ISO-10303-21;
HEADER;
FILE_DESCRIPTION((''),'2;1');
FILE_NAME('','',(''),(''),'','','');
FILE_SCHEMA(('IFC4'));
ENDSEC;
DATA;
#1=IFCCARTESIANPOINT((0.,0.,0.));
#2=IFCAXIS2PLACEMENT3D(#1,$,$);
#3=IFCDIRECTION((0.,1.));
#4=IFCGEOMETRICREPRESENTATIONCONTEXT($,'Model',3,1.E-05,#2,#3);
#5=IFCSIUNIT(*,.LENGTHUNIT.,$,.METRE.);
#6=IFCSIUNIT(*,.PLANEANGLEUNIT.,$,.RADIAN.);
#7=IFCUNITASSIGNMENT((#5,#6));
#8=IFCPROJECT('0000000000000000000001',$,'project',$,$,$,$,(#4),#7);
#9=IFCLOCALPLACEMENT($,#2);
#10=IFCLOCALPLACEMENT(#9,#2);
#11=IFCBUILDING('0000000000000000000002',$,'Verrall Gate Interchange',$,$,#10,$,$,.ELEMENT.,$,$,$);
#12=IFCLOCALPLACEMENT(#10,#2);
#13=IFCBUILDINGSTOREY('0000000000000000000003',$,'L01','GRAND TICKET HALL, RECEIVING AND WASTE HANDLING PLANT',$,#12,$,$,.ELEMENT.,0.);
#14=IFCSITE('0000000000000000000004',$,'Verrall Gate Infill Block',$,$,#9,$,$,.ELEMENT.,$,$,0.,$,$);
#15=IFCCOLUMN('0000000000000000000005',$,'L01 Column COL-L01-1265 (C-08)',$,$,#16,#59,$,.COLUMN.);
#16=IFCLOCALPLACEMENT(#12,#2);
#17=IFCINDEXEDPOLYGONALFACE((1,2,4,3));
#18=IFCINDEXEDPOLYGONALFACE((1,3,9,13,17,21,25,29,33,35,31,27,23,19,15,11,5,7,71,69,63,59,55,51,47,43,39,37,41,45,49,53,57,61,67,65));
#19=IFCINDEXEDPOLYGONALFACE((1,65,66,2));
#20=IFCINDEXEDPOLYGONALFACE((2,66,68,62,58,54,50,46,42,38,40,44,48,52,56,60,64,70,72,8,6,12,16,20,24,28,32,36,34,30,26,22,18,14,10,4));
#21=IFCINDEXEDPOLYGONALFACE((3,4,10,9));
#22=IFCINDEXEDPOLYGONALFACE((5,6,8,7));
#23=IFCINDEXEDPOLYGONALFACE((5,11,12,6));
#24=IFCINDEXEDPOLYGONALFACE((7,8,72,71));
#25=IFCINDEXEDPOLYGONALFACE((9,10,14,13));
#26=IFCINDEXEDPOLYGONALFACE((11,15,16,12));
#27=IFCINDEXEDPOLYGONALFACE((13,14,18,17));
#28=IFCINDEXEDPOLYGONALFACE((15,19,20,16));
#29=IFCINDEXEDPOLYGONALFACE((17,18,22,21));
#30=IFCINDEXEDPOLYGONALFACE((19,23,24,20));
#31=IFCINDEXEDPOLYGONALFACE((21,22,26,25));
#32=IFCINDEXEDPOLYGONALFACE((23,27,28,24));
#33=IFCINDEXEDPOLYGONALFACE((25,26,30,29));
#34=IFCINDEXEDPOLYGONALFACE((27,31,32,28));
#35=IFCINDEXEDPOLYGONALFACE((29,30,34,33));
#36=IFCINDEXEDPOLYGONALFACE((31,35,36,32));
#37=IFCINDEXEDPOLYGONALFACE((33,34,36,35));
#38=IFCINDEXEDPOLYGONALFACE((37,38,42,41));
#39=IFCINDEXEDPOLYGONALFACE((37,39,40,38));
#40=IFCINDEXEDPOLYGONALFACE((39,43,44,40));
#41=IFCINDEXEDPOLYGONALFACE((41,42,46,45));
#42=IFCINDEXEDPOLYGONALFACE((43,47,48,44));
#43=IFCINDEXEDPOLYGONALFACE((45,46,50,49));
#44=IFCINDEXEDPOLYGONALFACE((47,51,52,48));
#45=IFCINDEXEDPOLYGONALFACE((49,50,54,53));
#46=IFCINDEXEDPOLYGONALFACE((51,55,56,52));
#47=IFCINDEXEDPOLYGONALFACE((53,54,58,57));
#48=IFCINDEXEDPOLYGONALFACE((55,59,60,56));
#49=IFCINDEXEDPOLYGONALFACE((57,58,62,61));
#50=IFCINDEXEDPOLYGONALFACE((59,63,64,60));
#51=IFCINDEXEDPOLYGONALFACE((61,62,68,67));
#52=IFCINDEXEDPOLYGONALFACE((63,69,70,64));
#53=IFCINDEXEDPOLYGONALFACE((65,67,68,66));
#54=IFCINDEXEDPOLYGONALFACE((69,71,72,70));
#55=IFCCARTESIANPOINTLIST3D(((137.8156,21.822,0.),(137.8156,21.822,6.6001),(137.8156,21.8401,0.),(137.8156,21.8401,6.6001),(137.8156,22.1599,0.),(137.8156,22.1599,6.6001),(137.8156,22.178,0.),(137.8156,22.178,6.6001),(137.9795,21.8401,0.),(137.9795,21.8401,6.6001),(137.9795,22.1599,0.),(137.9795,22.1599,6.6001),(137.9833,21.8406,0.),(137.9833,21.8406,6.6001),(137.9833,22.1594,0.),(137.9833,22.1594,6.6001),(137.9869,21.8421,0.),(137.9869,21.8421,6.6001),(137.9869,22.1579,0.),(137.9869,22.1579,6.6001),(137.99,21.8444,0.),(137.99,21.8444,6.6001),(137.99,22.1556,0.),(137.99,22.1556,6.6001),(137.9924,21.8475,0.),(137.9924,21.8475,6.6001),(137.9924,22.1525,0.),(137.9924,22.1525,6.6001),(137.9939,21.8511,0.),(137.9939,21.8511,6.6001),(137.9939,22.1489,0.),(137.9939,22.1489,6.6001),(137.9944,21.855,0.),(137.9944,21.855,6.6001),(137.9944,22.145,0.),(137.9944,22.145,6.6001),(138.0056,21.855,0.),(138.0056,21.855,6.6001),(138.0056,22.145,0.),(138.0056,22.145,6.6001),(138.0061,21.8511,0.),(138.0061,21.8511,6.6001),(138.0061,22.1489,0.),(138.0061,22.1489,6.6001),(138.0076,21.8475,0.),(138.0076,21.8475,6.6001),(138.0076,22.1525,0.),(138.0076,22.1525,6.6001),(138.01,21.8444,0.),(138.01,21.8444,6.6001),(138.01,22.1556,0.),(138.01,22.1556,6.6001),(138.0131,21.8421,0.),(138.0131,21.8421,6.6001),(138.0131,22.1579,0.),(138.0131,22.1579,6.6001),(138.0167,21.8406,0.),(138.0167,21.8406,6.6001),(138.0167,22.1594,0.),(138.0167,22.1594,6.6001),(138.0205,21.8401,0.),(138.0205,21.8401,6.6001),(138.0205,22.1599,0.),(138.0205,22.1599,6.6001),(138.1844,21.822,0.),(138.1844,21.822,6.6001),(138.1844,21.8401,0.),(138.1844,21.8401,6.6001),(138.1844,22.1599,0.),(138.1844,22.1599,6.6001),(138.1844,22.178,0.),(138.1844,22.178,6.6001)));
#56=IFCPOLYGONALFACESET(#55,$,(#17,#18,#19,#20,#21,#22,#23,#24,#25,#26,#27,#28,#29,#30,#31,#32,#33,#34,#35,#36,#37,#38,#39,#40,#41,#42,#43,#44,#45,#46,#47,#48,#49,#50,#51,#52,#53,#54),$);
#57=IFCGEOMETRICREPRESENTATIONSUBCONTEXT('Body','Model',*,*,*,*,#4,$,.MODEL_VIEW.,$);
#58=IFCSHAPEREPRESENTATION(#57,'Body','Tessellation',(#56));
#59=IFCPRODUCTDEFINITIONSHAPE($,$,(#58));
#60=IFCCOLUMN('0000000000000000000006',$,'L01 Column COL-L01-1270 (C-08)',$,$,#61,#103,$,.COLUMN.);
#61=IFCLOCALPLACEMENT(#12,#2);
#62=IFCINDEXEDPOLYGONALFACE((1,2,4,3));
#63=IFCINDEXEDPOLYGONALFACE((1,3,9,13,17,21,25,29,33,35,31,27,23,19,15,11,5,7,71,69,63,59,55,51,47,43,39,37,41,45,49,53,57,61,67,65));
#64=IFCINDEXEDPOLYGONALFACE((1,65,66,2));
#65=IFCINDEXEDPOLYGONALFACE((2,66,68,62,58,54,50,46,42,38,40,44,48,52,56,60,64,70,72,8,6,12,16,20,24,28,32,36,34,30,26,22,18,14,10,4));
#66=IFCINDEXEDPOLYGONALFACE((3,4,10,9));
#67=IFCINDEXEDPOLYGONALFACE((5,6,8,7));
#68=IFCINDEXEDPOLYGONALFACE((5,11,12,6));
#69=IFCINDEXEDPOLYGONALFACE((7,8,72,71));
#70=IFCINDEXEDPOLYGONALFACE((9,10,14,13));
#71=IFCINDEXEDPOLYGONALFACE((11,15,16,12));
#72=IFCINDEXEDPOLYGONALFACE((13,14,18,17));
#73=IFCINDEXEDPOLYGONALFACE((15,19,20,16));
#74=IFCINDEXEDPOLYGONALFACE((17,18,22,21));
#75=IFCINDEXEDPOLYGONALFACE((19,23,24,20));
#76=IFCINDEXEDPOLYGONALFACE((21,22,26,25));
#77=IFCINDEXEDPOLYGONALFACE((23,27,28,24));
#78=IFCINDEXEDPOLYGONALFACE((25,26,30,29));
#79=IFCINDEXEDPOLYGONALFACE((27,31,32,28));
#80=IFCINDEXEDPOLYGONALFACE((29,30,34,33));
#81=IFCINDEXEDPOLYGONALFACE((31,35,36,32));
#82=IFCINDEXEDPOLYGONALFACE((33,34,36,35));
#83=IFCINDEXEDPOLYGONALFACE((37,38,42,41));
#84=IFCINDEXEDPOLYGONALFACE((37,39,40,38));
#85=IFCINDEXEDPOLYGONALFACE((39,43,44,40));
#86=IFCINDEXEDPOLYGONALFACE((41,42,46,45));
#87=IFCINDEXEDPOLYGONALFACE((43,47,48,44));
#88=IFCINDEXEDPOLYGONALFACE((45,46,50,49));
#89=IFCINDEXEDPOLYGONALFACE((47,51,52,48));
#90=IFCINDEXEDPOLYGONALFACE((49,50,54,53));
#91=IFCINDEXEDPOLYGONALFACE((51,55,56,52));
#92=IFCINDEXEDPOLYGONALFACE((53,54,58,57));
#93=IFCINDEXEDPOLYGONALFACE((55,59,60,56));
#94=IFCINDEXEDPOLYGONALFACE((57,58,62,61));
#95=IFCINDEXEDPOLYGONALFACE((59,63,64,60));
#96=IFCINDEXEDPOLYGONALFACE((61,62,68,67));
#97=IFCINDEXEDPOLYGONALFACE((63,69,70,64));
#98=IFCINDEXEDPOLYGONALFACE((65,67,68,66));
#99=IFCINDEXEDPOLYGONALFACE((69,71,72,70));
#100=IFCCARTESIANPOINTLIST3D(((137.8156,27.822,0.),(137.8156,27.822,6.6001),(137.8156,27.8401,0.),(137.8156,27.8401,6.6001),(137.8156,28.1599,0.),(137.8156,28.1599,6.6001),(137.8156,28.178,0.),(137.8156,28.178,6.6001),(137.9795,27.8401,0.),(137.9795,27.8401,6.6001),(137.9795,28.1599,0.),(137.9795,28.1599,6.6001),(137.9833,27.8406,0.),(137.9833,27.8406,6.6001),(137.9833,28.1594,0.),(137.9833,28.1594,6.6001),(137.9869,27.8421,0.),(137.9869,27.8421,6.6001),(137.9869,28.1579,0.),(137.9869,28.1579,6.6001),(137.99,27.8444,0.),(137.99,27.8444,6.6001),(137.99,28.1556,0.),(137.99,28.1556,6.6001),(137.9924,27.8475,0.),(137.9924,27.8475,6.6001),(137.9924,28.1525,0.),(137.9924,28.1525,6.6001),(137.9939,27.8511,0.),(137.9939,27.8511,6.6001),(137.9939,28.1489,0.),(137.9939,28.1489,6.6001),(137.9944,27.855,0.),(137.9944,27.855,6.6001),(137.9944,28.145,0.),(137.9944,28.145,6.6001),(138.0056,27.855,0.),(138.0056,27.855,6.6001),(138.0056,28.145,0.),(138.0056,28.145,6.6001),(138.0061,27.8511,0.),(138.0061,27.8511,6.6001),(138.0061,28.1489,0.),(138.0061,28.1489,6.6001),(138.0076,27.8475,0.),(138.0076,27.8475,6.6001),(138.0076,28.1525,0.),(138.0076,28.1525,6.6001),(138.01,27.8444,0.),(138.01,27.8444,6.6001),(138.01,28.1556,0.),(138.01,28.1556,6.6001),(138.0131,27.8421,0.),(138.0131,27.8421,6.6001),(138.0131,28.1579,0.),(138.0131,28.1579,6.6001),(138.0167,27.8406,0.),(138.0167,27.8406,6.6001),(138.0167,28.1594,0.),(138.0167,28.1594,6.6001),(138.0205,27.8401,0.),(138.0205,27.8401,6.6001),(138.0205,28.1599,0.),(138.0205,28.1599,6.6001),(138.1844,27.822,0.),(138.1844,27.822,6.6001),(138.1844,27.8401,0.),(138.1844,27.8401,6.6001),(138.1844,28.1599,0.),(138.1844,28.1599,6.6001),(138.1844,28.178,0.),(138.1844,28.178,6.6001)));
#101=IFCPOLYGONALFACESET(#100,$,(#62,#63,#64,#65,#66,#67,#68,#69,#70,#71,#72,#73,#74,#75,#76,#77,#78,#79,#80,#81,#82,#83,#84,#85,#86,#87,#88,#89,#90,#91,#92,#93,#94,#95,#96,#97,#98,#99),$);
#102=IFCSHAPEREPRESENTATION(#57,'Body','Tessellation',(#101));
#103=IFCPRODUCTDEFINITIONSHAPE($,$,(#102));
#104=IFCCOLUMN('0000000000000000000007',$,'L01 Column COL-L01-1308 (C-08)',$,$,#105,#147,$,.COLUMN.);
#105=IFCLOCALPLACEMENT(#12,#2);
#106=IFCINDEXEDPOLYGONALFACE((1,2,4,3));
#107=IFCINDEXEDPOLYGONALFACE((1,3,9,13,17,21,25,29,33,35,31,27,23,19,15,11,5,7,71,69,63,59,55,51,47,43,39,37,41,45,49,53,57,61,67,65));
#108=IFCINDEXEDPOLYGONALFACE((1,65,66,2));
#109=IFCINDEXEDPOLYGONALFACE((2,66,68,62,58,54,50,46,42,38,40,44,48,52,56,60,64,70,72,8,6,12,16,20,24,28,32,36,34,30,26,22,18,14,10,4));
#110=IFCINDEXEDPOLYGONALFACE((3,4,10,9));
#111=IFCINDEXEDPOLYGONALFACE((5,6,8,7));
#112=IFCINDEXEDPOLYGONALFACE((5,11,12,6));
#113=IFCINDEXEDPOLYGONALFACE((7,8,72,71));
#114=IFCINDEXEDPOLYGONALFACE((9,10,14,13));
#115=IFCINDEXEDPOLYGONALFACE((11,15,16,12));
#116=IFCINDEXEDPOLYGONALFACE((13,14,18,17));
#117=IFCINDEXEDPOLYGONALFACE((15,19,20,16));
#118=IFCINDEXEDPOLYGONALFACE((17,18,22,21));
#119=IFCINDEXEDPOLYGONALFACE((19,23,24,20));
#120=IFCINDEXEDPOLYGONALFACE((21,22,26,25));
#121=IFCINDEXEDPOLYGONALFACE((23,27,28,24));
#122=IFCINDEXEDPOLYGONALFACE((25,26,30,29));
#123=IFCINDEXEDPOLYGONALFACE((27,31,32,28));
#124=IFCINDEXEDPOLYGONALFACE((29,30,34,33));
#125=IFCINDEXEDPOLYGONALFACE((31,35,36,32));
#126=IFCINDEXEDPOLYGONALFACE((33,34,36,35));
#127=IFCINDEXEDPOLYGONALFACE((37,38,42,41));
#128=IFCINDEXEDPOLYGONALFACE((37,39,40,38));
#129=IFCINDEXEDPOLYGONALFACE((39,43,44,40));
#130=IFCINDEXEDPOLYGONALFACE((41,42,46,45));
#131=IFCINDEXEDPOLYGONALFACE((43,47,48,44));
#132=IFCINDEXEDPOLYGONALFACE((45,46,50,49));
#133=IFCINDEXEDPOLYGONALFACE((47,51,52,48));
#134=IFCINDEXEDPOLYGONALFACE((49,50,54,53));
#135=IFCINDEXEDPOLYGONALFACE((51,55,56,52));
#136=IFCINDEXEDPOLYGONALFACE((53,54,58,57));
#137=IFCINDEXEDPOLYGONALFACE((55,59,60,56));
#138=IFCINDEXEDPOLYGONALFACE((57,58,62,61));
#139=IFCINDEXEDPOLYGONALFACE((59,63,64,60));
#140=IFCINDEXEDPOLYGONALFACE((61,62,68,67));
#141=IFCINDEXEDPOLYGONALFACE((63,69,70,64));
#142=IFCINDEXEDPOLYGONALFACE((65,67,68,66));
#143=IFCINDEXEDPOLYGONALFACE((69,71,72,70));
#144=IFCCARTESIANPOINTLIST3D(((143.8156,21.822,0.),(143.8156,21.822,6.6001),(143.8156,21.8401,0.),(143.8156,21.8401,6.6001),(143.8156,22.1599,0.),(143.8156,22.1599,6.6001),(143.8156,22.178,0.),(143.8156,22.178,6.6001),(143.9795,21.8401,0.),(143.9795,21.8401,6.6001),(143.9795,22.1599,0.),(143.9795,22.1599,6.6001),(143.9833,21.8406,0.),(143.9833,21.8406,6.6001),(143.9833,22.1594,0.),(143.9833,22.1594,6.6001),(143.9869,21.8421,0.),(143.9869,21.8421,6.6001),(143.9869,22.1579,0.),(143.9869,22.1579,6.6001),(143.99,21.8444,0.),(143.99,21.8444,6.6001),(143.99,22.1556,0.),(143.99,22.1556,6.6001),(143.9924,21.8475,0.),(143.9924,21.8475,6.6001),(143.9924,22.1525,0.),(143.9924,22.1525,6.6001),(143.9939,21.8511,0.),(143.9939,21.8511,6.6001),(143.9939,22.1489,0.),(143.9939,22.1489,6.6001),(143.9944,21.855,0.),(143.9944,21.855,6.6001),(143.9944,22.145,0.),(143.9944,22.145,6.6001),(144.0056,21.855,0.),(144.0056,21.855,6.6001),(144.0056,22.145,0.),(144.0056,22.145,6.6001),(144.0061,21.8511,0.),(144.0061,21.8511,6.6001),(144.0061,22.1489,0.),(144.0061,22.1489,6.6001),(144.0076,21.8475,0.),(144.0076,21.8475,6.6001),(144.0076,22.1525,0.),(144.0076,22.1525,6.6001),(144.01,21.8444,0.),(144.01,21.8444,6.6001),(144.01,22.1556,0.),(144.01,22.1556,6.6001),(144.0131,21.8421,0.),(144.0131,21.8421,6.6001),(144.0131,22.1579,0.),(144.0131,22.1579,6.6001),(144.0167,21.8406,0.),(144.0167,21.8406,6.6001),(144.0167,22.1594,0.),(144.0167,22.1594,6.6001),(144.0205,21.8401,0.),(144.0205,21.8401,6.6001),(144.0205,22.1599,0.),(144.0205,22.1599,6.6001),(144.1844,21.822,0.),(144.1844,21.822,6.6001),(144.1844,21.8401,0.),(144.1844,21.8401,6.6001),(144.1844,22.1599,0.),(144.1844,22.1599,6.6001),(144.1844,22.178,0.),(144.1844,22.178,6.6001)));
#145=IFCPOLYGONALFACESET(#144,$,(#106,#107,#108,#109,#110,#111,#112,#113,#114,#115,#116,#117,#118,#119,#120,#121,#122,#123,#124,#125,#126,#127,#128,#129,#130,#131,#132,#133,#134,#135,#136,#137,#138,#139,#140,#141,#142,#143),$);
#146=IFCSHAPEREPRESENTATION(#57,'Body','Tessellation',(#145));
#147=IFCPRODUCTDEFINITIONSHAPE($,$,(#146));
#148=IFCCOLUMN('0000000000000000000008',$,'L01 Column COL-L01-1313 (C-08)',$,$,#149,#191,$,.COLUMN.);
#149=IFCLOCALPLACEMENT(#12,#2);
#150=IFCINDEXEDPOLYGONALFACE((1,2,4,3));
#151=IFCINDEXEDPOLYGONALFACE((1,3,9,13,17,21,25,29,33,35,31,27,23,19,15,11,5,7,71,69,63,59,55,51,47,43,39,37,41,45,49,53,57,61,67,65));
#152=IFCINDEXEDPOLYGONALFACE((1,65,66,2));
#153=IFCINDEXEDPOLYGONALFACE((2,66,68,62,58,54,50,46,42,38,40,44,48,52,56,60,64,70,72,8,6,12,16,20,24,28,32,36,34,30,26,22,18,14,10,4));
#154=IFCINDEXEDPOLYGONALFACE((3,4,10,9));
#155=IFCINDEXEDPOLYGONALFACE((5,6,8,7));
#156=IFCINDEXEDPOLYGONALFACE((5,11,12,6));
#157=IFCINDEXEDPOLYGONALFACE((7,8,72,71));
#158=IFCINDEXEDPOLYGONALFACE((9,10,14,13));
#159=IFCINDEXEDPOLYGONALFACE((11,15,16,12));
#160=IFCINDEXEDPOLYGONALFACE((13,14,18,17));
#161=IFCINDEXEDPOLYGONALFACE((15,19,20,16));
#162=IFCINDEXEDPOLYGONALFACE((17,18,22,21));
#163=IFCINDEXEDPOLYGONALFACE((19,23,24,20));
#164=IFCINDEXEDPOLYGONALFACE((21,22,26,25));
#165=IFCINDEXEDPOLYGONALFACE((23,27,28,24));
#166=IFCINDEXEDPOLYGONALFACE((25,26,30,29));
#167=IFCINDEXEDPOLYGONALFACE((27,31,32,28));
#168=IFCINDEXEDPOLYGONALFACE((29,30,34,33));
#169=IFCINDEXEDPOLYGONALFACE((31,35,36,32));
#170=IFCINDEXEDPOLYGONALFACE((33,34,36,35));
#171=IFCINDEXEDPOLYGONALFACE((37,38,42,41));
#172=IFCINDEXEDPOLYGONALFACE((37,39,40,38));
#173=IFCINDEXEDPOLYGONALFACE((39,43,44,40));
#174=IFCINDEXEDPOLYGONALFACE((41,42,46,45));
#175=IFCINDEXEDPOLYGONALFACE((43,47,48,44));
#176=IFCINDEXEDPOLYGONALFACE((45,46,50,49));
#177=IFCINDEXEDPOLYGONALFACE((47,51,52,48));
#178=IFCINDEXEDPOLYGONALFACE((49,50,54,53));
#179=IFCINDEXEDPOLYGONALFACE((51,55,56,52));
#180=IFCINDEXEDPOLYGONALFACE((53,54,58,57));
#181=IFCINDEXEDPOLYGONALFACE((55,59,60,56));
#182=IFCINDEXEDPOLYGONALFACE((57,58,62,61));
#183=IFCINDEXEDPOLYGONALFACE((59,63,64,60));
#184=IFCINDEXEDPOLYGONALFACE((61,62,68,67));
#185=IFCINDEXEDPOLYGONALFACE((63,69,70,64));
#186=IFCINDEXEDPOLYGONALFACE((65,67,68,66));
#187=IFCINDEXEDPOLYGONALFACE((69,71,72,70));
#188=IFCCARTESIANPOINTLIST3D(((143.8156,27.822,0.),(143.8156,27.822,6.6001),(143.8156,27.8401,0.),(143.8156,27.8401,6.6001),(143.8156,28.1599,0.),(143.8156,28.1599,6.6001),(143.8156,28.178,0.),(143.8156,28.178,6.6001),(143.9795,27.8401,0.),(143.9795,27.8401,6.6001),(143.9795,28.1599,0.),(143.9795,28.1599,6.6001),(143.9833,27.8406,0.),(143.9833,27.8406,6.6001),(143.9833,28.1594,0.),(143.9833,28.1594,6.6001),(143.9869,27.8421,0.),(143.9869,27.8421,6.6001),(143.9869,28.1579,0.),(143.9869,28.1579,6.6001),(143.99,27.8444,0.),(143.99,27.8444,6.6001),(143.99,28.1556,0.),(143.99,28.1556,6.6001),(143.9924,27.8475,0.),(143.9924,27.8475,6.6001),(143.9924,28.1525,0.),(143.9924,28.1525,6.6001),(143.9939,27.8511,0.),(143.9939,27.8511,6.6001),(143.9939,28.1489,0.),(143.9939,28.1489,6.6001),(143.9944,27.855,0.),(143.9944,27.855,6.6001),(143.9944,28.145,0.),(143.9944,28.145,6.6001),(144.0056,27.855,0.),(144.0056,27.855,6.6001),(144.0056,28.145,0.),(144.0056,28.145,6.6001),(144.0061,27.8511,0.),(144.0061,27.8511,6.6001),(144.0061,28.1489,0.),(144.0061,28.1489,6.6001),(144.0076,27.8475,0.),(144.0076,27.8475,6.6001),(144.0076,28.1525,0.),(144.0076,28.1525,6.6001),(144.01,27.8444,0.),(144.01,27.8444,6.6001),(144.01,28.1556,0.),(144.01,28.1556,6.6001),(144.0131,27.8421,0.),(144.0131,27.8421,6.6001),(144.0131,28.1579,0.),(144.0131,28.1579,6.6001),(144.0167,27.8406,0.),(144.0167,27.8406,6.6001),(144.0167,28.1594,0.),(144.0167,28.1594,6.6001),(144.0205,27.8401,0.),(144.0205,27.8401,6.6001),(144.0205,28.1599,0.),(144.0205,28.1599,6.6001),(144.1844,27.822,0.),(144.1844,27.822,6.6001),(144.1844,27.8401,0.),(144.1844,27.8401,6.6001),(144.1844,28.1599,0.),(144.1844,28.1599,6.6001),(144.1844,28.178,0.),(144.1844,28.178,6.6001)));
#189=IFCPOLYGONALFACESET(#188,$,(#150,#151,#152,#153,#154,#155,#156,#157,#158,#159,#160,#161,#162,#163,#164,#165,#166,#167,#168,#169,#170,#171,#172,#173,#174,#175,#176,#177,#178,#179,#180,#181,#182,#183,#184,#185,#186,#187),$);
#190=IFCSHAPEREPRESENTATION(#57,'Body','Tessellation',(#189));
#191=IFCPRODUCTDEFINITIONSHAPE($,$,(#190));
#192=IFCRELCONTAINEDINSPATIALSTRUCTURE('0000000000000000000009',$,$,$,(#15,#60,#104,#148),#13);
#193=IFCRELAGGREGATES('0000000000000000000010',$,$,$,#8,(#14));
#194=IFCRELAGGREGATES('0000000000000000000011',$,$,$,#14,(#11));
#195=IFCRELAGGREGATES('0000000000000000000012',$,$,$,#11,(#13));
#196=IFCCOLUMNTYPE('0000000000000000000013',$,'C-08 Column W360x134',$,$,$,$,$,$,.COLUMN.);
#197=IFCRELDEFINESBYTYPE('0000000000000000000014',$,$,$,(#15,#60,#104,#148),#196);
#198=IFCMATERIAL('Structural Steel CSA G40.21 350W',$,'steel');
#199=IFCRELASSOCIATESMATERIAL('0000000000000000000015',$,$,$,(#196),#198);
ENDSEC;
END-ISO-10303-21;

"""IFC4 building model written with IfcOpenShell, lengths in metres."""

from ifc_helpers import new_model, si_unit, direction, frame, origin, origin_2d, place, context, subcontext, project, spatial, i_section, extrude, material, material_profile, profile_set, type_object, element, save


model = new_model("IFC4")

# Units and contexts
model_context = context("Model", 3, precision=1e-05, world=origin(), true_north=direction((0.0, 1.0)))
body_context = subcontext(model_context, "Body", "Model", "MODEL_VIEW")
ifc_project = project(units=[si_unit("LENGTHUNIT", "METRE"), si_unit("PLANEANGLEUNIT", "RADIAN")], contexts=[model_context])

# Site, building, storey
site_placement = place(None, origin())
site = spatial("IfcSite", under=ifc_project, at=site_placement, Name="Verrall Gate Infill Block", CompositionType="ELEMENT", RefElevation=0.0)
building_placement = place(site_placement, origin())
building = spatial("IfcBuilding", under=site, at=building_placement, Name="Verrall Gate Interchange", CompositionType="ELEMENT")
storey_placement = place(building_placement, origin())
storey = spatial("IfcBuildingStorey", under=building, at=storey_placement, Name="L01", Description="GRAND TICKET HALL, RECEIVING AND WASTE HANDLING PLANT", CompositionType="ELEMENT", Elevation=0.0)

# Columns
ifc_material_1 = material(Name="Structural Steel CSA G40.21 350W", Category="steel")
ifc_material_profile_1 = material_profile(ifc_material_1, i_section(OverallWidth=0.3689, OverallDepth=0.356, WebThickness=0.0112, FlangeThickness=0.0181, FilletRadius=0.0149, at=origin_2d()), Name="W360x134")
ifc_profile_set_1 = profile_set([ifc_material_profile_1], Name="Structural Steel CSA G40.21 350W")
column_type = type_object("IfcColumnType", Name="C-08 Column W360x134", PredefinedType="COLUMN", material=ifc_profile_set_1)
for number, where, z_axis, x_axis, name in (
    (1, (138.0, 22.0, 0.0), (0.0, 0.0, 1.0), (1.0, 0.0, 0.0), "L01 Column COL-L01-1265 (C-08)"),
    (2, (138.0, 28.0, 0.0), (0.0, 0.0, 1.0), (1.0, 0.0, 0.0), "L01 Column COL-L01-1270 (C-08)"),
    (3, (144.0, 22.0, 0.0), (0.0, 0.0, 1.0), (1.0, 0.0, 0.0), "L01 Column COL-L01-1308 (C-08)"),
    (4, (144.0, 28.0, 0.0), (0.0, 0.0, 1.0), (1.0, 0.0, 0.0), "L01 Column COL-L01-1313 (C-08)"),
):
    element("IfcColumn", number, at=place(storey_placement, frame(where, z_axis=z_axis, x_axis=x_axis)), inside=storey, type_object=column_type, Name=name, PredefinedType="COLUMN", context=body_context, shape_type="SweptSolid", body=[
        extrude(i_section(OverallWidth=0.3689, OverallDepth=0.356, WebThickness=0.0112, FlangeThickness=0.0181, FilletRadius=0.0149, at=origin_2d()), origin(), (0.0, 0.0, 1.0), 6.6001),
    ])

save(model, "model.ifc")
